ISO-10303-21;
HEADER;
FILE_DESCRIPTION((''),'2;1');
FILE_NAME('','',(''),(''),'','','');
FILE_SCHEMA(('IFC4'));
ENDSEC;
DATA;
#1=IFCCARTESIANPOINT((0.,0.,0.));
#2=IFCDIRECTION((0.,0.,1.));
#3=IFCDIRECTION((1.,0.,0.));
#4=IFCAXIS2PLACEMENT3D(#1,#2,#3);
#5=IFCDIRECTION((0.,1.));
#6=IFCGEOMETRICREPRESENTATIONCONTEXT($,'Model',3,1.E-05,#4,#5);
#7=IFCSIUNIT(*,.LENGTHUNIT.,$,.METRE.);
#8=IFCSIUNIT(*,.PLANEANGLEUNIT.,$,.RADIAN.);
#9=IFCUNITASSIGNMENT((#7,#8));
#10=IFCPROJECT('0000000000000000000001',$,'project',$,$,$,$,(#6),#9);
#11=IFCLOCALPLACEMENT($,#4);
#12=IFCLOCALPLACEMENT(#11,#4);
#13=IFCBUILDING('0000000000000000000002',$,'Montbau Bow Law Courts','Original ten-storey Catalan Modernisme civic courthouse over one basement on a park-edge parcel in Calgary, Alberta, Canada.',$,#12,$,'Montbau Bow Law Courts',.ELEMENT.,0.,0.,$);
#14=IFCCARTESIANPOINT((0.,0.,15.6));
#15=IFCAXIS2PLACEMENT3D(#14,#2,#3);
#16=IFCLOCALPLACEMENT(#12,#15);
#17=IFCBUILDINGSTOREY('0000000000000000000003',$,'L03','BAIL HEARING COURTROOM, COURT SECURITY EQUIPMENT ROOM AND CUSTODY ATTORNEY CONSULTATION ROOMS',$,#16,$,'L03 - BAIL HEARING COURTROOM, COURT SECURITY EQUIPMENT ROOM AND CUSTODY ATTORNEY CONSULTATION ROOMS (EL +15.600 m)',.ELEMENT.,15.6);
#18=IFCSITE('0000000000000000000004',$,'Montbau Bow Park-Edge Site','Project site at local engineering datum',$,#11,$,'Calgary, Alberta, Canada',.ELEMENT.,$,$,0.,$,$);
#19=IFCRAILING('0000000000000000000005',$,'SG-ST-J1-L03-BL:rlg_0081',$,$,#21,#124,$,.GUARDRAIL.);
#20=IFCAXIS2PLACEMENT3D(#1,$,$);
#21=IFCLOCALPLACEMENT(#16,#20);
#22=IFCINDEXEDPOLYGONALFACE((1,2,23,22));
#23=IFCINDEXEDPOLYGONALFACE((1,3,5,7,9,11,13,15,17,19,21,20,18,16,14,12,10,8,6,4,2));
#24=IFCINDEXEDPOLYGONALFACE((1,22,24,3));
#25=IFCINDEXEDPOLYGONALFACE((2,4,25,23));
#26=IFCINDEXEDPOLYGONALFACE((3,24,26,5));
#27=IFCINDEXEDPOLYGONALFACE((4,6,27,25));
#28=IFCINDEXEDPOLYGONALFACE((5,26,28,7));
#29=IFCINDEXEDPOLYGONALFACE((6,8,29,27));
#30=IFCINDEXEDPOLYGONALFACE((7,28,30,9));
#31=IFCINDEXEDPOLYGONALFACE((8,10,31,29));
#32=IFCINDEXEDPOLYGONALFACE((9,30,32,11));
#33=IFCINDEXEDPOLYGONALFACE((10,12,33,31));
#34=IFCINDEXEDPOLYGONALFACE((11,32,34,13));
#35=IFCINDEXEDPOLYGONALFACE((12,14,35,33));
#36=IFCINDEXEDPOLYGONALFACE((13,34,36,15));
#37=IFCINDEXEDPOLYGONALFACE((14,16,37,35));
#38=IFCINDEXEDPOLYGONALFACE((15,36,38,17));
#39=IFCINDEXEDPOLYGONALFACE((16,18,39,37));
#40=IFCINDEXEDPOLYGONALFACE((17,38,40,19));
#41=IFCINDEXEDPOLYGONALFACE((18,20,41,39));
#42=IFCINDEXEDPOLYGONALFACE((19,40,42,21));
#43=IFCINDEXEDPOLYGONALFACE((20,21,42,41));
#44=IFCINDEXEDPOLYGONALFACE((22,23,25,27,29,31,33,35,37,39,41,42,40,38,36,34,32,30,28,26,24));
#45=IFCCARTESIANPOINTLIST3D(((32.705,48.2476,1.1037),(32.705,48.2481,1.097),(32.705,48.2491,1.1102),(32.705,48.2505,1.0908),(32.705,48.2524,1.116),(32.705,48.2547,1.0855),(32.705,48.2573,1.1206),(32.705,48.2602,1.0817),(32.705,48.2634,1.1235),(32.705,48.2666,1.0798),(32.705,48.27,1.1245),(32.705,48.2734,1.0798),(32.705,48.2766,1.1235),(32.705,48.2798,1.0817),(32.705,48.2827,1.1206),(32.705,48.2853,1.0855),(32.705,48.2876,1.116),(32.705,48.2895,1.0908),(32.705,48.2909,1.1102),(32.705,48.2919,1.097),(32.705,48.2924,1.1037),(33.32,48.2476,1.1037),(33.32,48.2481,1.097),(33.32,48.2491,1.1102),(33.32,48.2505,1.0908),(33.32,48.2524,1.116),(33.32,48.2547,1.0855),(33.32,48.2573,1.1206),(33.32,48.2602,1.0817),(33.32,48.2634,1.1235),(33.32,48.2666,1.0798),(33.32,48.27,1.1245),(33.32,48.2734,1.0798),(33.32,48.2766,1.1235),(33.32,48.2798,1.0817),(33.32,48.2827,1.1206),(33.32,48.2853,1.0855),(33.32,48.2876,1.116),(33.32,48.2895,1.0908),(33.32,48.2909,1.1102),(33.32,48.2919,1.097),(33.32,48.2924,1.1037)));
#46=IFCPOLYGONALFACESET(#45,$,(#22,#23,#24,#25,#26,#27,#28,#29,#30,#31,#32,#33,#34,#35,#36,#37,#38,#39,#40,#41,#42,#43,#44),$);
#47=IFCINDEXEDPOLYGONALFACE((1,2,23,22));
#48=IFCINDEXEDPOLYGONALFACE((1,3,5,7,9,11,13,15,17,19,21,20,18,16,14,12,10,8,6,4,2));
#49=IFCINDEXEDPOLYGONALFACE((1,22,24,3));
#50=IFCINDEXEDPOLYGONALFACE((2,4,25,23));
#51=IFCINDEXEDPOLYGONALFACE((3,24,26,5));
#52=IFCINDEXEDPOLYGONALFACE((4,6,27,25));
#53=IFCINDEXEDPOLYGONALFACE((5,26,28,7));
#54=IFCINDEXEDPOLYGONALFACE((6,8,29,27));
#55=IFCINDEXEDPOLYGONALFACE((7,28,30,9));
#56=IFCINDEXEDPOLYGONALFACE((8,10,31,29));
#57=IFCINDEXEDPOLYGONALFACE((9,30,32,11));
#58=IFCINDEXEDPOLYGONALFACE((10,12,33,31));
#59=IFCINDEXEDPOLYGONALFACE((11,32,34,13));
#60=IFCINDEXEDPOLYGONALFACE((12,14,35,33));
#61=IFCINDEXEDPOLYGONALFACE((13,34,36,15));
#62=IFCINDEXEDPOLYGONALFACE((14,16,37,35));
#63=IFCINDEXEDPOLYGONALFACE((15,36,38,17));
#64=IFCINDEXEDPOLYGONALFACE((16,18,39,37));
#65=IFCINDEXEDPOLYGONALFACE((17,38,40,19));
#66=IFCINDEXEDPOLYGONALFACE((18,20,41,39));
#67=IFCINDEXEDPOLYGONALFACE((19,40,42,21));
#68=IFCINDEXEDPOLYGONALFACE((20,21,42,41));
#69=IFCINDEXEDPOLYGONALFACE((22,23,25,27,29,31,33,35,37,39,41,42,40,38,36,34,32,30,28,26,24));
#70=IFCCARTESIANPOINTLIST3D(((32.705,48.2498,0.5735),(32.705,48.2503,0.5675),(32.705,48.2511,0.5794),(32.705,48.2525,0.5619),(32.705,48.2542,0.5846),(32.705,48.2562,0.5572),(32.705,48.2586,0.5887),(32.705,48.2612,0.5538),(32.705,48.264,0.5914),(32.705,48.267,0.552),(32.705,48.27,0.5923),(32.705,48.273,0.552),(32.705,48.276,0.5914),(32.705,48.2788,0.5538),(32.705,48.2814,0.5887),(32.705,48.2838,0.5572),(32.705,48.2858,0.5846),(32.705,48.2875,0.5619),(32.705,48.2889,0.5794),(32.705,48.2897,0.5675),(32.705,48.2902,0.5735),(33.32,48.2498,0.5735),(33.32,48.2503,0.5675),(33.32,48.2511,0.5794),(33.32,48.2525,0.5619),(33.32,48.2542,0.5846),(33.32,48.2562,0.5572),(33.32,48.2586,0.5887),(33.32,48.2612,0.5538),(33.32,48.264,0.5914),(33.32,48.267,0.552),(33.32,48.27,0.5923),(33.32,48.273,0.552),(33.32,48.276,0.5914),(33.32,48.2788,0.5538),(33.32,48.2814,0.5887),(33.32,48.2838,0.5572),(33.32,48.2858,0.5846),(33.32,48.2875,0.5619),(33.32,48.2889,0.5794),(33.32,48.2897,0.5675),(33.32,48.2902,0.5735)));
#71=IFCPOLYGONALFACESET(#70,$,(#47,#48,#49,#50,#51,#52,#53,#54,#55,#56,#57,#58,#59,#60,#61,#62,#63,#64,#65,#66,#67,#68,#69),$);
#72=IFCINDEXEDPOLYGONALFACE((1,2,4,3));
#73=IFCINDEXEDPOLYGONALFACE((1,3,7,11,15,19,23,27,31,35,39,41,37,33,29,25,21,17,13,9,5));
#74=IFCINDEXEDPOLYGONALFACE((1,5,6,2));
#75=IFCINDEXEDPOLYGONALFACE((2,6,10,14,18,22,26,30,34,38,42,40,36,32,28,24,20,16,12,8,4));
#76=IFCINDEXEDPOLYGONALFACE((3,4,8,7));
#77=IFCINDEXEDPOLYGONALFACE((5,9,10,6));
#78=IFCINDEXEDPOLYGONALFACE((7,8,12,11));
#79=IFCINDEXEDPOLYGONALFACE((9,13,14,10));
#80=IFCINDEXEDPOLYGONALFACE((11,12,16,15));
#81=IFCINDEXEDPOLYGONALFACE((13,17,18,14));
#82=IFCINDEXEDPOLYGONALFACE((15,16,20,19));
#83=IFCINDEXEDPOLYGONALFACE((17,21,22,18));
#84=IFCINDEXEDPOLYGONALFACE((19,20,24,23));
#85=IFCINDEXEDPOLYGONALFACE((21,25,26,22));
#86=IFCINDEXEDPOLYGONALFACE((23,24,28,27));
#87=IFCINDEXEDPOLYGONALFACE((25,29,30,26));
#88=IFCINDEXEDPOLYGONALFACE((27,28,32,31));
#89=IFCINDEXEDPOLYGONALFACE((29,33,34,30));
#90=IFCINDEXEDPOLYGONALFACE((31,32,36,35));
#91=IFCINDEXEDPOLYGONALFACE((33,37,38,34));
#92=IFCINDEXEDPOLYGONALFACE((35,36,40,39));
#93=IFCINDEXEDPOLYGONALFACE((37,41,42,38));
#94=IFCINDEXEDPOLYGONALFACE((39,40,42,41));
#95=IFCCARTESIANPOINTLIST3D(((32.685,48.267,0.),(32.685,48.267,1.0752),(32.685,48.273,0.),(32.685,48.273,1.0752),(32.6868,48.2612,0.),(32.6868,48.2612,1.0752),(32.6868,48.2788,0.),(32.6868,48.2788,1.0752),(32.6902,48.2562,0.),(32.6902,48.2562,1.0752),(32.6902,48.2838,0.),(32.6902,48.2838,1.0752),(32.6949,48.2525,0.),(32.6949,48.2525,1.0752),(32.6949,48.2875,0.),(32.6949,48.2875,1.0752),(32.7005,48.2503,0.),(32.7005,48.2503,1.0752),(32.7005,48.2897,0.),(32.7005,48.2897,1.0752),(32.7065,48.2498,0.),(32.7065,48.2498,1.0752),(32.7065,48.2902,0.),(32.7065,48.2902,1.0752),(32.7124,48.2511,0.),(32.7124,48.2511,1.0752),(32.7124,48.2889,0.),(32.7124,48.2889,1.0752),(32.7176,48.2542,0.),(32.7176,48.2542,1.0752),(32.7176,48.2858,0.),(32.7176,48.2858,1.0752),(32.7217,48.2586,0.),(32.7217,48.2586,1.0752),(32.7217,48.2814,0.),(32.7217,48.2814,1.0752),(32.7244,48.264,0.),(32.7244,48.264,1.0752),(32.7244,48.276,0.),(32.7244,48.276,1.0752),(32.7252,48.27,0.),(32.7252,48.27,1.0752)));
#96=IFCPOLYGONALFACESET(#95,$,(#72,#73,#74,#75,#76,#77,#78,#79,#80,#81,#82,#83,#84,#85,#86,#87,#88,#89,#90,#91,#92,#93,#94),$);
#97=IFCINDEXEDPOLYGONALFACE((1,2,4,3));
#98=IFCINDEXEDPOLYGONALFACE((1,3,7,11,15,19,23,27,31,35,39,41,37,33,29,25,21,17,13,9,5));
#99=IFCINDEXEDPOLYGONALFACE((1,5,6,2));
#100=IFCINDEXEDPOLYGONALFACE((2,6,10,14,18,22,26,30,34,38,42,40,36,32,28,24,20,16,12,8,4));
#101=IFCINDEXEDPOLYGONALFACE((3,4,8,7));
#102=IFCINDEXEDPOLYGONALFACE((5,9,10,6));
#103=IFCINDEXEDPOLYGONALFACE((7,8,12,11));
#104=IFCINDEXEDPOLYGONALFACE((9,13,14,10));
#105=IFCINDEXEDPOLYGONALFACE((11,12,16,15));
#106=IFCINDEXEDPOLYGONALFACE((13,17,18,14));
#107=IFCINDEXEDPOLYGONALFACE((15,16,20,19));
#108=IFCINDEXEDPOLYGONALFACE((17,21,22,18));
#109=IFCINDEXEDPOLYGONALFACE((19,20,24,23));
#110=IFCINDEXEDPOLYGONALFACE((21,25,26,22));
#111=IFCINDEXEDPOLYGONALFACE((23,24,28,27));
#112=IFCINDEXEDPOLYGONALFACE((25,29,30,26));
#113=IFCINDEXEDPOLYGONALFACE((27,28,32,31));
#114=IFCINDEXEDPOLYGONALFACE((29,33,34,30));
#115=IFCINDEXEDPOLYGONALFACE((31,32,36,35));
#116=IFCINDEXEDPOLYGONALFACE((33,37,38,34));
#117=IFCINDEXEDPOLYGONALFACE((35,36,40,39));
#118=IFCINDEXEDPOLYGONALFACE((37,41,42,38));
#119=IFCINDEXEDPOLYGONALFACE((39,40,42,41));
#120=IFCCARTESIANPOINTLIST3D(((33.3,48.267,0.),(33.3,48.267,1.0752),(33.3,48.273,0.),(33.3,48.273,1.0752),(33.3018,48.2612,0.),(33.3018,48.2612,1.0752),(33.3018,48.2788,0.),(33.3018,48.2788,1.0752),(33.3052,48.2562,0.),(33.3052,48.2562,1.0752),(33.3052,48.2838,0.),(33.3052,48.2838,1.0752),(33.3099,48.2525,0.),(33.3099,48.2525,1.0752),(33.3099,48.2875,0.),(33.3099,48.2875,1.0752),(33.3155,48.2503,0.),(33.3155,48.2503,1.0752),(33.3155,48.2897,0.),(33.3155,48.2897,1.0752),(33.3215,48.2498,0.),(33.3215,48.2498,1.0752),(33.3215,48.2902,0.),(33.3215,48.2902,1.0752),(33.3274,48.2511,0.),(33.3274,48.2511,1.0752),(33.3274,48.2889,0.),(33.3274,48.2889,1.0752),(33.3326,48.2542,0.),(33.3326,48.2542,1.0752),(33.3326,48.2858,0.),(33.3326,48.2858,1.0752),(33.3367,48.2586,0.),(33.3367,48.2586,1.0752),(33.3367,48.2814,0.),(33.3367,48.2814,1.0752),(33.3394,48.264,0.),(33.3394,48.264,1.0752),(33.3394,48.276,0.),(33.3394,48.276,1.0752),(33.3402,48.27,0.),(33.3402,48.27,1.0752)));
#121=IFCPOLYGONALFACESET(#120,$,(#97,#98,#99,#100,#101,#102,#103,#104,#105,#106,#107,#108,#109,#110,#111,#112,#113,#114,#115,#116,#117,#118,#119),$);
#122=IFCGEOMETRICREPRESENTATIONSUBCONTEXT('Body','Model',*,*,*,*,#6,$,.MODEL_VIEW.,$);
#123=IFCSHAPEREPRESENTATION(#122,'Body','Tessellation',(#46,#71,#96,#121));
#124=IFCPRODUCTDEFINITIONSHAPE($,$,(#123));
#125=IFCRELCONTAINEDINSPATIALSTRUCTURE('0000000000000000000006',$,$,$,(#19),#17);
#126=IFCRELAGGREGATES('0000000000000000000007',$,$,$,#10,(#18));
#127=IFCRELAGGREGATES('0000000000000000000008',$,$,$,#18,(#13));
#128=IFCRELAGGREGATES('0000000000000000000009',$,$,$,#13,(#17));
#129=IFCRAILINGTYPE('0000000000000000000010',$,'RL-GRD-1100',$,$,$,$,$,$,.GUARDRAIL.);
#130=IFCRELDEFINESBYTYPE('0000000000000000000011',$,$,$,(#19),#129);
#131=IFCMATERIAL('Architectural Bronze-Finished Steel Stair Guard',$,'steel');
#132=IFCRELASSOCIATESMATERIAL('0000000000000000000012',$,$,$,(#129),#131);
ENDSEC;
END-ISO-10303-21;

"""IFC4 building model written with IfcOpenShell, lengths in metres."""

from ifc_helpers import new_model, si_unit, direction, frame, origin_with_axes, origin_2d_with_axis, place, context, subcontext, project, spatial, circle, extrude, material, type_object, element, save


model = new_model("IFC4")

# Units and contexts
model_context = context("Model", 3, precision=1e-05, world=origin_with_axes(), true_north=direction((0.0, 1.0)))
body_context = subcontext(model_context, "Body", "Model", "MODEL_VIEW")
ifc_project = project(units=[si_unit("LENGTHUNIT", "METRE"), si_unit("PLANEANGLEUNIT", "RADIAN")], contexts=[model_context])

# Site, building, storey
site_placement = place(None, origin_with_axes())
site = spatial("IfcSite", under=ifc_project, at=site_placement, Name="Montbau Bow Park-Edge Site", Description="Project site at local engineering datum", LongName="Calgary, Alberta, Canada", CompositionType="ELEMENT", RefElevation=0.0)
building_placement = place(site_placement, origin_with_axes())
building = spatial("IfcBuilding", under=site, at=building_placement, Name="Montbau Bow Law Courts", Description="Original ten-storey Catalan Modernisme civic courthouse over one basement on a park-edge parcel in Calgary, Alberta, Canada.", LongName="Montbau Bow Law Courts", CompositionType="ELEMENT", ElevationOfRefHeight=0.0, ElevationOfTerrain=0.0)
storey_placement = place(building_placement, frame((0.0, 0.0, 15.6), z_axis=(0.0, 0.0, 1.0), x_axis=(1.0, 0.0, 0.0)))
storey = spatial("IfcBuildingStorey", under=building, at=storey_placement, Name="L03", Description="BAIL HEARING COURTROOM, COURT SECURITY EQUIPMENT ROOM AND CUSTODY ATTORNEY CONSULTATION ROOMS", LongName="L03 - BAIL HEARING COURTROOM, COURT SECURITY EQUIPMENT ROOM AND CUSTODY ATTORNEY CONSULTATION ROOMS (EL +15.600 m)", CompositionType="ELEMENT", Elevation=15.6)

# Railing
ifc_material_1 = material(Name="Architectural Bronze-Finished Steel Stair Guard", Category="steel")
railing_type_1 = type_object("IfcRailingType", Name="RL-GRD-1100", PredefinedType="GUARDRAIL", material=ifc_material_1)
railing_1_placement = place(None, origin_with_axes())
element("IfcRailing", 1, at=railing_1_placement, inside=storey, type_object=railing_type_1, Name="SG-ST-J1-L03-BL:rlg_0081", PredefinedType="GUARDRAIL", context=body_context, shape_type="SweptSolid", body=[
    extrude(circle(Radius=0.0225, at=origin_2d_with_axis()), frame((32.705, 48.27, 16.702), z_axis=(1.0, 0.0, 0.0), x_axis=(0.0, 0.0, 1.0)), (0.0, 0.0, 1.0), 0.615),
    extrude(circle(Radius=0.0203, at=origin_2d_with_axis()), frame((32.705, 48.27, 16.172), z_axis=(1.0, 0.0, 0.0), x_axis=(0.0, 0.0, 1.0)), (0.0, 0.0, 1.0), 0.615),
    extrude(circle(Radius=0.0203, at=origin_2d_with_axis()), frame((32.705, 48.27, 15.6), z_axis=(0.0, 0.0, 1.0), x_axis=(1.0, 0.0, 0.0)), (0.0, 0.0, 1.0), 1.0753),
    extrude(circle(Radius=0.0203, at=origin_2d_with_axis()), frame((33.32, 48.27, 15.6), z_axis=(0.0, 0.0, 1.0), x_axis=(1.0, 0.0, 0.0)), (0.0, 0.0, 1.0), 1.0753),
])

save(model, "model.ifc")
